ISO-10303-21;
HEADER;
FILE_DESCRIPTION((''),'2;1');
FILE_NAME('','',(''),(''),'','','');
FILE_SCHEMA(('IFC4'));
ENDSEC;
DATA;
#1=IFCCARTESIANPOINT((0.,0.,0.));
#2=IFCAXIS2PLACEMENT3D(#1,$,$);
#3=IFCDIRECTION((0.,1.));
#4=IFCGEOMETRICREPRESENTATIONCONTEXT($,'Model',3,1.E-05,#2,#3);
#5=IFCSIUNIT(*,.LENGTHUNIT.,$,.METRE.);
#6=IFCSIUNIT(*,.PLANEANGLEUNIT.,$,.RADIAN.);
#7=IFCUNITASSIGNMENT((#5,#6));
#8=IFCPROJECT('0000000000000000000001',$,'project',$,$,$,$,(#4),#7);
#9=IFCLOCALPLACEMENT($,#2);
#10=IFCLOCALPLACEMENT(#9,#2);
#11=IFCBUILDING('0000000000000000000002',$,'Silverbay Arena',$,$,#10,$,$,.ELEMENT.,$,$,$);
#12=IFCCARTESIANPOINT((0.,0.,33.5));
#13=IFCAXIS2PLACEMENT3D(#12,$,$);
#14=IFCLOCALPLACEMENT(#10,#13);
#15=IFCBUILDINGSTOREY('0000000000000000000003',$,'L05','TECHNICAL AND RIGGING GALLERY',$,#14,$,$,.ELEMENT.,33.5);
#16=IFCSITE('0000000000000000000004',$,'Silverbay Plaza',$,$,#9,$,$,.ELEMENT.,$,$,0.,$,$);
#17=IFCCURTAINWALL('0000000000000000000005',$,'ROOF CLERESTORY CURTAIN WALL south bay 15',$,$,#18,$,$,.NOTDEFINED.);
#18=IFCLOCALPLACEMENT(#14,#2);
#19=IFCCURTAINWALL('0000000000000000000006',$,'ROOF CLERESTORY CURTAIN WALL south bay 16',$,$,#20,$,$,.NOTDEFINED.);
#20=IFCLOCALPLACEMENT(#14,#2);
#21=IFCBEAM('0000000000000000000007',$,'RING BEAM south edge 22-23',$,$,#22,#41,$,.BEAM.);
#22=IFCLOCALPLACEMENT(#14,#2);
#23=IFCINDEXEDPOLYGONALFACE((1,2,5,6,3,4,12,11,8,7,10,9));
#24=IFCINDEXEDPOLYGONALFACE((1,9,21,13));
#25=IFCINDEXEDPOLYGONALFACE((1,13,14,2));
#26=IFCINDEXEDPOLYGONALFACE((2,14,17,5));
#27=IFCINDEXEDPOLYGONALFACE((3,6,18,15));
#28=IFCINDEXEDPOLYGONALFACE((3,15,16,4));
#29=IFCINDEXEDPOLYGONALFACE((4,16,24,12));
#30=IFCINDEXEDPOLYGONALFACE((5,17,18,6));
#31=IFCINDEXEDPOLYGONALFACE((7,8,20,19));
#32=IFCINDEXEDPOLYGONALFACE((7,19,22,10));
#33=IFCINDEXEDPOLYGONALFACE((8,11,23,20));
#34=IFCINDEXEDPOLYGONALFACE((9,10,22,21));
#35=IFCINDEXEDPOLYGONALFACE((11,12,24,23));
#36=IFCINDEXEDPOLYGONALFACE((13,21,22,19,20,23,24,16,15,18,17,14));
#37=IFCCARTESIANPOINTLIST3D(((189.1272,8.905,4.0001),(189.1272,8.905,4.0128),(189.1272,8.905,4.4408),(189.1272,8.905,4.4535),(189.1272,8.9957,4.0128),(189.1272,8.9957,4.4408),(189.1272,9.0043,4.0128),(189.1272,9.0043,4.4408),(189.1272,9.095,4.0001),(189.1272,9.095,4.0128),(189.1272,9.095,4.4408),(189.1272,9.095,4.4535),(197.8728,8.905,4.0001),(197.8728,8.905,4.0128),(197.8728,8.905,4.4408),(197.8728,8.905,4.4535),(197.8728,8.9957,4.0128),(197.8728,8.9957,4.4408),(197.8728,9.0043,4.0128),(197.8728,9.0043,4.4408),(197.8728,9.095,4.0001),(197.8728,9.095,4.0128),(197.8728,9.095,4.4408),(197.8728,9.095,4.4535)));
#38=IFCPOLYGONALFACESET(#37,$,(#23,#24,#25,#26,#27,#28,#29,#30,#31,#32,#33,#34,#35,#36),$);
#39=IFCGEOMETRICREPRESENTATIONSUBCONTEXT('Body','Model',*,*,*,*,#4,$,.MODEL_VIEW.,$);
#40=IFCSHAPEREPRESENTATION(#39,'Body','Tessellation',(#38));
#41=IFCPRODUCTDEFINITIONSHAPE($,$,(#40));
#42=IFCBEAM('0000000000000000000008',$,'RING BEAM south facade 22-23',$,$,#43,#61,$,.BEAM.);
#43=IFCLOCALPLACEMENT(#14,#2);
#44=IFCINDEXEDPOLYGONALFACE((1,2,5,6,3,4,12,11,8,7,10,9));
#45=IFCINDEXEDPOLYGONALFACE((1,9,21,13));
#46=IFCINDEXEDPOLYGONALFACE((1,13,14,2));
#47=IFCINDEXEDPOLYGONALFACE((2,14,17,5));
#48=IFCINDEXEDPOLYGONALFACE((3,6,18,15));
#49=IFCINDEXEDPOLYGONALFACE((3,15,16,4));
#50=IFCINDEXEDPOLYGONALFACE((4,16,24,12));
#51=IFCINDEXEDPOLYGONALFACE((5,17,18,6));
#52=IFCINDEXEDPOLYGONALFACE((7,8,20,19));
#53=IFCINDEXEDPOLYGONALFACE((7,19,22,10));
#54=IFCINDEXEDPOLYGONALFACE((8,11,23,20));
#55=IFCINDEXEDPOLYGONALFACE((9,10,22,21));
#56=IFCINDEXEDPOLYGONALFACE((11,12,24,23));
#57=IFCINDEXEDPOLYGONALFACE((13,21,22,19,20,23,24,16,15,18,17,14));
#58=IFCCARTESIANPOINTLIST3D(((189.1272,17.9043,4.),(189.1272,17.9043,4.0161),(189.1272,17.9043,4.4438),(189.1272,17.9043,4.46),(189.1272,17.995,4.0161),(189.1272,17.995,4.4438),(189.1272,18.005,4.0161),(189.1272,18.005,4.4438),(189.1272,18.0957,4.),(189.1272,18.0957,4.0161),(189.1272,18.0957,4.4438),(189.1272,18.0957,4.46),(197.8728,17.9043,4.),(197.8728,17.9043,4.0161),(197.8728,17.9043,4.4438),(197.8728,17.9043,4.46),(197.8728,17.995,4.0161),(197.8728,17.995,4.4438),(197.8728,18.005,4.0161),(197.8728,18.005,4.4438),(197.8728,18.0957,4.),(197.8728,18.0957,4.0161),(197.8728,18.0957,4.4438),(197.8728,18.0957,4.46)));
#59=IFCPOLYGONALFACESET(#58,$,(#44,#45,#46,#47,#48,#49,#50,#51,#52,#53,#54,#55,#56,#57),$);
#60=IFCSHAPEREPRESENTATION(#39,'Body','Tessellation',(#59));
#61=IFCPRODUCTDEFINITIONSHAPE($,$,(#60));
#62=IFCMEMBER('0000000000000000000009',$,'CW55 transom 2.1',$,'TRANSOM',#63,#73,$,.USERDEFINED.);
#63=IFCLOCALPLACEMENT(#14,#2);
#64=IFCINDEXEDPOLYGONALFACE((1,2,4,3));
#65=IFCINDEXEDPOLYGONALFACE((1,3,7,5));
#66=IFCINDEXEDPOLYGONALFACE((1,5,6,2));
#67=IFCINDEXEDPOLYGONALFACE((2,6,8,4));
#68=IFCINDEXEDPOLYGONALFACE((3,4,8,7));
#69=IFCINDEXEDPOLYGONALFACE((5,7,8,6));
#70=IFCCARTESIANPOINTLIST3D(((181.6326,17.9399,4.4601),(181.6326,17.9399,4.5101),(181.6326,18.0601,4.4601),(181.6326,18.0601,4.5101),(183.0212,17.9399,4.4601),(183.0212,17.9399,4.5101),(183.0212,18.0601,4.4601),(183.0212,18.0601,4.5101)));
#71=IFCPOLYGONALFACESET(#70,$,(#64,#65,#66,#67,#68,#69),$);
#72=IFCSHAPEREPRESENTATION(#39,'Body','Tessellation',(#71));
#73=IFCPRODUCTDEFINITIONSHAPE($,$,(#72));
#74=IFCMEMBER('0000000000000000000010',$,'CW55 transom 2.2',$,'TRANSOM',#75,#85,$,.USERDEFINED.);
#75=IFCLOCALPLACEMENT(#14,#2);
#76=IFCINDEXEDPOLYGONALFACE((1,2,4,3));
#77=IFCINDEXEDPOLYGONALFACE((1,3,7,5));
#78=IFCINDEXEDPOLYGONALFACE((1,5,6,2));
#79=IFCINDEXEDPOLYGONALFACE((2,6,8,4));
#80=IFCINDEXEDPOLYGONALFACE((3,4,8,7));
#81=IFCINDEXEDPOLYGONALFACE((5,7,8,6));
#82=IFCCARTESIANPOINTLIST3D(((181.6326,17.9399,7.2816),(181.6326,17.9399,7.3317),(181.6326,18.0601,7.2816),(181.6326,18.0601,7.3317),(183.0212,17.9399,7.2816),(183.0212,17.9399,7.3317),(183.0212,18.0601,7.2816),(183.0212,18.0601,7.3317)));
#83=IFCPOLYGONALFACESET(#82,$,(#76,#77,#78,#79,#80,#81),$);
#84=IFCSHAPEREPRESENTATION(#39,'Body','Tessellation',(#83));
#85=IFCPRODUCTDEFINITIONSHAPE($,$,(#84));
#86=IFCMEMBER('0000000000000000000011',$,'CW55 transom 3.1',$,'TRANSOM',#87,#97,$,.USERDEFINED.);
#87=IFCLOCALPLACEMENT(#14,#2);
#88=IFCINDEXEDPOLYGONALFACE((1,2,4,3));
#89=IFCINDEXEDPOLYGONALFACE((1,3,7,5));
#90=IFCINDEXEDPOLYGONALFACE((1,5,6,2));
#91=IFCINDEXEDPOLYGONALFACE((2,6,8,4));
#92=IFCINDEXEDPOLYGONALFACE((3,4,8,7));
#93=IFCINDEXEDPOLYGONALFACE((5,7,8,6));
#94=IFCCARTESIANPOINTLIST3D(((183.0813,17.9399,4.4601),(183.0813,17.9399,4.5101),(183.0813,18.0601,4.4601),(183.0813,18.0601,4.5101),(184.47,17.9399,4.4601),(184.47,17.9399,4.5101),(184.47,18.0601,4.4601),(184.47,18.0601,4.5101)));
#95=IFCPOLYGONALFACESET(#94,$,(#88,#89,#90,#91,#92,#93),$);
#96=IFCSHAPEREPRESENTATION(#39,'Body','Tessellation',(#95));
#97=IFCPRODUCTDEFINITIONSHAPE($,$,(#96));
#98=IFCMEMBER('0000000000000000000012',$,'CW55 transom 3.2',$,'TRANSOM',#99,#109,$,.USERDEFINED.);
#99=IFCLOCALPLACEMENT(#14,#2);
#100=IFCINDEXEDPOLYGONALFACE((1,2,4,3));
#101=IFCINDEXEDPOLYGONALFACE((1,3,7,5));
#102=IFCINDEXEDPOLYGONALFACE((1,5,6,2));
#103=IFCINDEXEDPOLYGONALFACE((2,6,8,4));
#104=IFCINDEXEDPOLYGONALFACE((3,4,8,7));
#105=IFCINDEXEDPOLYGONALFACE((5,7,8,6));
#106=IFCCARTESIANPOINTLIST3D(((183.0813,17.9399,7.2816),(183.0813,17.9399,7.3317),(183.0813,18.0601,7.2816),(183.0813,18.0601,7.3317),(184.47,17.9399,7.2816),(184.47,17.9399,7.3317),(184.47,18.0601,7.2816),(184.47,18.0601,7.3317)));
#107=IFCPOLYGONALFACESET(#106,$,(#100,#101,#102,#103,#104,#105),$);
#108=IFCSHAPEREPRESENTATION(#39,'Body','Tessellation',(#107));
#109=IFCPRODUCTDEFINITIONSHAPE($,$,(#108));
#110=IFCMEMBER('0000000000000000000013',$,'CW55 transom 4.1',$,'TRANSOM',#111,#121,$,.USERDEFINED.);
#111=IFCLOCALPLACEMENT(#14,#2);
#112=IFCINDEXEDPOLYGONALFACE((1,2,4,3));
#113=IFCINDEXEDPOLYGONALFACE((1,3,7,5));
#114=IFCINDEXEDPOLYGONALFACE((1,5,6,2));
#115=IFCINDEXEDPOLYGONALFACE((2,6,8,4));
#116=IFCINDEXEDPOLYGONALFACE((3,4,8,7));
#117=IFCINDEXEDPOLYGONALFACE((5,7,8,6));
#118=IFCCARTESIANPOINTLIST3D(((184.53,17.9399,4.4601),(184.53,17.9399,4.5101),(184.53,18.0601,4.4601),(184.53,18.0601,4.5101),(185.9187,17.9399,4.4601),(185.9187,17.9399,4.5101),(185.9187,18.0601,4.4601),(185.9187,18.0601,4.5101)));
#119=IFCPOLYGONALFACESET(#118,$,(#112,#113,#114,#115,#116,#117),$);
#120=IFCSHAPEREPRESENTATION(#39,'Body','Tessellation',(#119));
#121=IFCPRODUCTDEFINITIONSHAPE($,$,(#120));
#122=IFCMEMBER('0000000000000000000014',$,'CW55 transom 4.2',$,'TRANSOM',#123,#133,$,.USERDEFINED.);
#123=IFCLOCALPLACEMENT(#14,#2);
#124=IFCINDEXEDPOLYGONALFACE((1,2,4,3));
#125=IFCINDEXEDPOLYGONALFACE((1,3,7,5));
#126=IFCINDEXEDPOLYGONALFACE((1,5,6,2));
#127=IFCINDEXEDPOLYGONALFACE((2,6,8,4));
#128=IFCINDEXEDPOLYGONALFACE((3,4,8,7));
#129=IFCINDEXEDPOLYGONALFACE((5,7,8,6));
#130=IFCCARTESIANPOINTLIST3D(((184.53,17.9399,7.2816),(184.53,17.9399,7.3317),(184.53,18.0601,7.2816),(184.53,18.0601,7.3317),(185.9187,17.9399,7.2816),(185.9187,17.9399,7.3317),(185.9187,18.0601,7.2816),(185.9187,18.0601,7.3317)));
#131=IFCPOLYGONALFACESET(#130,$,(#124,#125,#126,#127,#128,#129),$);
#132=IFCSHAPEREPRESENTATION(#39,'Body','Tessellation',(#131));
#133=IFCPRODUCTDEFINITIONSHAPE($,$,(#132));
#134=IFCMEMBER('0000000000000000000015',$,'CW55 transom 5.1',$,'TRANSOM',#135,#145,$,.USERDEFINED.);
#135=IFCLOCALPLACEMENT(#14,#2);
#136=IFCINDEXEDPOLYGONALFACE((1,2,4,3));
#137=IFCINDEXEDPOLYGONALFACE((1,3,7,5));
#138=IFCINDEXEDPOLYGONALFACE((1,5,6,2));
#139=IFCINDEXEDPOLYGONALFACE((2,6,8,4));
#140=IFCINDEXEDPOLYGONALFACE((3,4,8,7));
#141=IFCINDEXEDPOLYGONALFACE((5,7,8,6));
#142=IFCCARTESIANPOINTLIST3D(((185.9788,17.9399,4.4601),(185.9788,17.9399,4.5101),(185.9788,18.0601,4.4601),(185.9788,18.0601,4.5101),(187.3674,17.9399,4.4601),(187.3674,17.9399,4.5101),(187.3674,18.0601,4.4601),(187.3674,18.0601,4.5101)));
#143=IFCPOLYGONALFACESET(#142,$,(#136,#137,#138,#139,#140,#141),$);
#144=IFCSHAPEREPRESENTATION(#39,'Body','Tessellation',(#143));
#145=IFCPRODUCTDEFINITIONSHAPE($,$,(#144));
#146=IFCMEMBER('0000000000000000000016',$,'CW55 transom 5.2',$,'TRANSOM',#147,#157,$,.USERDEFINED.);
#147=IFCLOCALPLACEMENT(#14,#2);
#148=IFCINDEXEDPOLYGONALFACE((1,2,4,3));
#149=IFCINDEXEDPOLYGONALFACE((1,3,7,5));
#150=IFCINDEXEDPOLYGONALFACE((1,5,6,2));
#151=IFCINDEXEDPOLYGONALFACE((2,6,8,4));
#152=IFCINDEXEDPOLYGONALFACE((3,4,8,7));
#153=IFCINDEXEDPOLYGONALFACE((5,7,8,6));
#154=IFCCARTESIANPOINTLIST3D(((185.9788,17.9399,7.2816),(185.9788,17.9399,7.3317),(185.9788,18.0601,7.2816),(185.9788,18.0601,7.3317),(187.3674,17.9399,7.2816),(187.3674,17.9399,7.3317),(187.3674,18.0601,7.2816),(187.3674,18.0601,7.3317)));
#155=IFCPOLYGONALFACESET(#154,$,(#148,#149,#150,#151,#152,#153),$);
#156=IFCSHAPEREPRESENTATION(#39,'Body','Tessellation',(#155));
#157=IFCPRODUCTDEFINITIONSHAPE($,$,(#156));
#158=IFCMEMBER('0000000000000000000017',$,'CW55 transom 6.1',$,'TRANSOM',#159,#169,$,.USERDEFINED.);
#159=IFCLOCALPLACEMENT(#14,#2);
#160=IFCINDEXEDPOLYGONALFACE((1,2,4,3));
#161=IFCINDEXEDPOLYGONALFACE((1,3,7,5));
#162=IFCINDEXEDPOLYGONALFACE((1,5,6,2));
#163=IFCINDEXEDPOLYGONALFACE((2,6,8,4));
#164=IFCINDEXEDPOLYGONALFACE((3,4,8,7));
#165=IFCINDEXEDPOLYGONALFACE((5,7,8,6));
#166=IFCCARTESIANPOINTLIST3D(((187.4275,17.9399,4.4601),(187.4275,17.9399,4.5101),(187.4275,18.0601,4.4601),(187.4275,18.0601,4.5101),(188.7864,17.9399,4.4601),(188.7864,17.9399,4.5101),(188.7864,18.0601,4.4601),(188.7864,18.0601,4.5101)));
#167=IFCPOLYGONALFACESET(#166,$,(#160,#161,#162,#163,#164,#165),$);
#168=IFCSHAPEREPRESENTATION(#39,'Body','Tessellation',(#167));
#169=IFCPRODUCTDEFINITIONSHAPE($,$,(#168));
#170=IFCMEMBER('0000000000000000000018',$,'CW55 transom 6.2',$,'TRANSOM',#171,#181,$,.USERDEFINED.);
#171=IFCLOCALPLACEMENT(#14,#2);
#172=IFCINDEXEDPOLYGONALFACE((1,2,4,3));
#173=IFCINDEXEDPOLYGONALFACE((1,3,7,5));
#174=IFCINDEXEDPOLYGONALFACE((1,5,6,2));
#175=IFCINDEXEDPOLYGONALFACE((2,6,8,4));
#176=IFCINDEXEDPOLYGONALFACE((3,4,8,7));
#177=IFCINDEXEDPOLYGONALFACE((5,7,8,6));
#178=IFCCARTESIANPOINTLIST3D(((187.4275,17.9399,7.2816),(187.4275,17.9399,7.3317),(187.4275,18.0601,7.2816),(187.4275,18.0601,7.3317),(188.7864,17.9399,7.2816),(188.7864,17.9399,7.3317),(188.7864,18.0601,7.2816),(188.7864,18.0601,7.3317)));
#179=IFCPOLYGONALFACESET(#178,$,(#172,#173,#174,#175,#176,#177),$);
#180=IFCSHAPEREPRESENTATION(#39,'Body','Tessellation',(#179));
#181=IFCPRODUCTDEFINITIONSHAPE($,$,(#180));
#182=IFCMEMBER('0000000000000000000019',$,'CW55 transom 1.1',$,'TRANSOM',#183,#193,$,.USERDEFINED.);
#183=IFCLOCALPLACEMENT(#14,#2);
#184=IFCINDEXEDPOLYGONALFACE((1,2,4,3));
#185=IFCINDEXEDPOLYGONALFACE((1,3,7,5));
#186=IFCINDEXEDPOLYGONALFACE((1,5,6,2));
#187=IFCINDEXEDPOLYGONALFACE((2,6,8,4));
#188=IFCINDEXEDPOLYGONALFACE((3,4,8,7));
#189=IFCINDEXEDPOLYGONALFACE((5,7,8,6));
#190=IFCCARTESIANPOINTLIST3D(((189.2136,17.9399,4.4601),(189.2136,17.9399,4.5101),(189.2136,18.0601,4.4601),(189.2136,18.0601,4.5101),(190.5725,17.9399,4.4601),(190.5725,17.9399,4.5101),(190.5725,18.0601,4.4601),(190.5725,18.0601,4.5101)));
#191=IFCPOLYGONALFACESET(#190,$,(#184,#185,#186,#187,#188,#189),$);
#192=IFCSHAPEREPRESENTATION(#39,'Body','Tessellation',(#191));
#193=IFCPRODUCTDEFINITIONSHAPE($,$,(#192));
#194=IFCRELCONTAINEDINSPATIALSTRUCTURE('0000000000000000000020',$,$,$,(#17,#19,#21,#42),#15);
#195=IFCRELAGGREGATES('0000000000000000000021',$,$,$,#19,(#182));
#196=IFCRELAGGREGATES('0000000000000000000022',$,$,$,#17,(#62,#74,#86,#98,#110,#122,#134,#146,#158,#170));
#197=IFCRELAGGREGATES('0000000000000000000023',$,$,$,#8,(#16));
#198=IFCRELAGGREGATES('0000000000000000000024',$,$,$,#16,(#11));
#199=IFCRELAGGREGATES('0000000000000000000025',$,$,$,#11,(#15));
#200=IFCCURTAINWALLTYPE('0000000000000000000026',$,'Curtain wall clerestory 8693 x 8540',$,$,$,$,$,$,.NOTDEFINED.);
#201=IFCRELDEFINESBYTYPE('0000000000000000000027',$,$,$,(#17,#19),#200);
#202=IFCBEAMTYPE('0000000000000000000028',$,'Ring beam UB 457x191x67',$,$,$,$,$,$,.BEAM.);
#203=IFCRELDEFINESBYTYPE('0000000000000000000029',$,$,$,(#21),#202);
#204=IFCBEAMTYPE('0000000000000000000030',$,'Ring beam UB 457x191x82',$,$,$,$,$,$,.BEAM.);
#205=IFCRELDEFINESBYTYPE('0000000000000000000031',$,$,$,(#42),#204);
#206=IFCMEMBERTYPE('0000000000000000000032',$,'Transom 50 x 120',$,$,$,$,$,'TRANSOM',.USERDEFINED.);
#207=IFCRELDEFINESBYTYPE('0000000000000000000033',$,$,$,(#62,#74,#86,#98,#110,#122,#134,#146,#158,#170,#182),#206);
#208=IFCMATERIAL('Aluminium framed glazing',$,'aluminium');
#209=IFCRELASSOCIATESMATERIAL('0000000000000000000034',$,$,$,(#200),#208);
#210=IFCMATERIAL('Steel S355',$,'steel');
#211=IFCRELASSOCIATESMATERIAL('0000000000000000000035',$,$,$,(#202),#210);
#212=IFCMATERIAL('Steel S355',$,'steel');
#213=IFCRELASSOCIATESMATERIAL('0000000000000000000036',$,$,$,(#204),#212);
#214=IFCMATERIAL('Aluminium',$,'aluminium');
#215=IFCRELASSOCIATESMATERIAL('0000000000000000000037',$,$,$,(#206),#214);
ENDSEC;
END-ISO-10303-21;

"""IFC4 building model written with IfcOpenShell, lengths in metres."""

from ifc_helpers import new_model, si_unit, direction, frame, origin, origin_2d, place, context, subcontext, project, spatial, rectangle, i_section, extrude, material, material_profile, profile_set, type_object, element, aggregate, save


model = new_model("IFC4")

# Units and contexts
model_context = context("Model", 3, precision=1e-05, world=origin(), true_north=direction((0.0, 1.0)))
body_context = subcontext(model_context, "Body", "Model", "MODEL_VIEW")
ifc_project = project(units=[si_unit("LENGTHUNIT", "METRE"), si_unit("PLANEANGLEUNIT", "RADIAN")], contexts=[model_context])

# Site, building, storey
site_placement = place(None, origin())
site = spatial("IfcSite", under=ifc_project, at=site_placement, Name="Silverbay Plaza", CompositionType="ELEMENT", RefElevation=0.0)
building_placement = place(site_placement, origin())
building = spatial("IfcBuilding", under=site, at=building_placement, Name="Silverbay Arena", CompositionType="ELEMENT")
storey_placement = place(building_placement, frame((0.0, 0.0, 33.5)))
storey = spatial("IfcBuildingStorey", under=building, at=storey_placement, Name="L05", Description="TECHNICAL AND RIGGING GALLERY", CompositionType="ELEMENT", Elevation=33.5)

# Curtain wall
ifc_material_1 = material(Name="Aluminium framed glazing", Category="aluminium")
curtain_wall_type = type_object("IfcCurtainWallType", Name="Curtain wall clerestory 8693 x 8540", PredefinedType="NOTDEFINED", material=ifc_material_1)
curtain_wall_1_placement = place(storey_placement, origin())
curtain_wall_1 = element("IfcCurtainWall", 1, at=curtain_wall_1_placement, inside=storey, type_object=curtain_wall_type, Name="ROOF CLERESTORY CURTAIN WALL south bay 15", PredefinedType="NOTDEFINED")

# Curtain wall
curtain_wall_2_placement = place(storey_placement, origin())
curtain_wall_2 = element("IfcCurtainWall", 2, at=curtain_wall_2_placement, inside=storey, type_object=curtain_wall_type, Name="ROOF CLERESTORY CURTAIN WALL south bay 16", PredefinedType="NOTDEFINED")

# Beams
ifc_material_2 = material(Name="Steel S355", Category="steel")
ifc_material_profile_1 = material_profile(ifc_material_2, i_section(OverallWidth=0.1899, OverallDepth=0.4534, WebThickness=0.0085, FlangeThickness=0.0127, at=origin_2d()), Name="UB 457x191x67")
ifc_profile_set_1 = profile_set([ifc_material_profile_1], Name="Steel S355")
beam_type_1 = type_object("IfcBeamType", Name="Ring beam UB 457x191x67", PredefinedType="BEAM", material=ifc_profile_set_1)
beam_1_placement = place(storey_placement, frame((189.1272, 9.0, 4.2268), z_axis=(1.0, 0.0, 0.0), x_axis=(0.0, 1.0, 0.0)))
element("IfcBeam", 3, at=beam_1_placement, inside=storey, type_object=beam_type_1, Name="RING BEAM south edge 22-23", PredefinedType="BEAM", context=body_context, shape_type="SweptSolid", body=[
    extrude(i_section(OverallWidth=0.1899, OverallDepth=0.4534, WebThickness=0.0085, FlangeThickness=0.0127, at=origin_2d()), origin(), (0.0, 0.0, 1.0), 8.7456),
])
ifc_material_3 = material(Name="Steel S355", Category="steel")
ifc_material_profile_2 = material_profile(ifc_material_3, i_section(OverallWidth=0.1914, OverallDepth=0.46, WebThickness=0.01, FlangeThickness=0.0161, at=origin_2d()), Name="UB 457x191x82")
ifc_profile_set_2 = profile_set([ifc_material_profile_2], Name="Steel S355")
beam_type_2 = type_object("IfcBeamType", Name="Ring beam UB 457x191x82", PredefinedType="BEAM", material=ifc_profile_set_2)
beam_2_placement = place(storey_placement, frame((189.1272, 18.0, 4.23), z_axis=(1.0, 0.0, 0.0), x_axis=(0.0, 1.0, 0.0)))
element("IfcBeam", 4, at=beam_2_placement, inside=storey, type_object=beam_type_2, Name="RING BEAM south facade 22-23", PredefinedType="BEAM", context=body_context, shape_type="SweptSolid", body=[
    extrude(i_section(OverallWidth=0.1914, OverallDepth=0.46, WebThickness=0.01, FlangeThickness=0.0161, at=origin_2d()), origin(), (0.0, 0.0, 1.0), 8.7456),
])

# Members
ifc_material_4 = material(Name="Aluminium", Category="aluminium")
ifc_material_profile_3 = material_profile(ifc_material_4, rectangle(XDim=0.1201, YDim=0.05, at=origin_2d()), Name="Transom 50 x 120")
ifc_profile_set_3 = profile_set([ifc_material_profile_3], Name="Aluminium")
member_type_1 = type_object("IfcMemberType", Name="Transom 50 x 120", ElementType="TRANSOM", PredefinedType="USERDEFINED", material=ifc_profile_set_3)
member_1_placement = place(storey_placement, frame((181.6326, 18.0, 4.4851), z_axis=(1.0, 0.0, 0.0), x_axis=(0.0, 1.0, 0.0)))
member_1 = element("IfcMember", 5, at=member_1_placement, type_object=member_type_1, Name="CW55 transom 2.1", ObjectType="TRANSOM", PredefinedType="USERDEFINED", context=body_context, shape_type="SweptSolid", body=[
    extrude(rectangle(XDim=0.1201, YDim=0.05, at=origin_2d()), origin(), (0.0, 0.0, 1.0), 1.3887),
])
member_2_placement = place(storey_placement, frame((181.6326, 18.0, 7.3066), z_axis=(1.0, 0.0, 0.0), x_axis=(0.0, 1.0, 0.0)))
member_2 = element("IfcMember", 6, at=member_2_placement, type_object=member_type_1, Name="CW55 transom 2.2", ObjectType="TRANSOM", PredefinedType="USERDEFINED", context=body_context, shape_type="SweptSolid", body=[
    extrude(rectangle(XDim=0.1201, YDim=0.05, at=origin_2d()), origin(), (0.0, 0.0, 1.0), 1.3887),
])
member_3_placement = place(storey_placement, frame((183.0813, 18.0, 4.4851), z_axis=(1.0, 0.0, 0.0), x_axis=(0.0, 1.0, 0.0)))
member_3 = element("IfcMember", 7, at=member_3_placement, type_object=member_type_1, Name="CW55 transom 3.1", ObjectType="TRANSOM", PredefinedType="USERDEFINED", context=body_context, shape_type="SweptSolid", body=[
    extrude(rectangle(XDim=0.1201, YDim=0.05, at=origin_2d()), origin(), (0.0, 0.0, 1.0), 1.3887),
])
member_4_placement = place(storey_placement, frame((183.0813, 18.0, 7.3066), z_axis=(1.0, 0.0, 0.0), x_axis=(0.0, 1.0, 0.0)))
member_4 = element("IfcMember", 8, at=member_4_placement, type_object=member_type_1, Name="CW55 transom 3.2", ObjectType="TRANSOM", PredefinedType="USERDEFINED", context=body_context, shape_type="SweptSolid", body=[
    extrude(rectangle(XDim=0.1201, YDim=0.05, at=origin_2d()), origin(), (0.0, 0.0, 1.0), 1.3887),
])
member_5_placement = place(storey_placement, frame((184.53, 18.0, 4.4851), z_axis=(1.0, 0.0, 0.0), x_axis=(0.0, 1.0, 0.0)))
member_5 = element("IfcMember", 9, at=member_5_placement, type_object=member_type_1, Name="CW55 transom 4.1", ObjectType="TRANSOM", PredefinedType="USERDEFINED", context=body_context, shape_type="SweptSolid", body=[
    extrude(rectangle(XDim=0.1201, YDim=0.05, at=origin_2d()), origin(), (0.0, 0.0, 1.0), 1.3887),
])
member_6_placement = place(storey_placement, frame((184.53, 18.0, 7.3066), z_axis=(1.0, 0.0, 0.0), x_axis=(0.0, 1.0, 0.0)))
member_6 = element("IfcMember", 10, at=member_6_placement, type_object=member_type_1, Name="CW55 transom 4.2", ObjectType="TRANSOM", PredefinedType="USERDEFINED", context=body_context, shape_type="SweptSolid", body=[
    extrude(rectangle(XDim=0.1201, YDim=0.05, at=origin_2d()), origin(), (0.0, 0.0, 1.0), 1.3887),
])
member_7_placement = place(storey_placement, frame((185.9788, 18.0, 4.4851), z_axis=(1.0, 0.0, 0.0), x_axis=(0.0, 1.0, 0.0)))
member_7 = element("IfcMember", 11, at=member_7_placement, type_object=member_type_1, Name="CW55 transom 5.1", ObjectType="TRANSOM", PredefinedType="USERDEFINED", context=body_context, shape_type="SweptSolid", body=[
    extrude(rectangle(XDim=0.1201, YDim=0.05, at=origin_2d()), origin(), (0.0, 0.0, 1.0), 1.3887),
])
member_8_placement = place(storey_placement, frame((185.9788, 18.0, 7.3066), z_axis=(1.0, 0.0, 0.0), x_axis=(0.0, 1.0, 0.0)))
member_8 = element("IfcMember", 12, at=member_8_placement, type_object=member_type_1, Name="CW55 transom 5.2", ObjectType="TRANSOM", PredefinedType="USERDEFINED", context=body_context, shape_type="SweptSolid", body=[
    extrude(rectangle(XDim=0.1201, YDim=0.05, at=origin_2d()), origin(), (0.0, 0.0, 1.0), 1.3887),
])
member_9_placement = place(storey_placement, frame((187.4275, 18.0, 4.4851), z_axis=(1.0, 0.0, 0.0), x_axis=(0.0, 1.0, 0.0)))
member_9 = element("IfcMember", 13, at=member_9_placement, type_object=member_type_1, Name="CW55 transom 6.1", ObjectType="TRANSOM", PredefinedType="USERDEFINED", context=body_context, shape_type="SweptSolid", body=[
    extrude(rectangle(XDim=0.1201, YDim=0.05, at=origin_2d()), origin(), (0.0, 0.0, 1.0), 1.3589),
])
member_10_placement = place(storey_placement, frame((187.4275, 18.0, 7.3066), z_axis=(1.0, 0.0, 0.0), x_axis=(0.0, 1.0, 0.0)))
member_10 = element("IfcMember", 14, at=member_10_placement, type_object=member_type_1, Name="CW55 transom 6.2", ObjectType="TRANSOM", PredefinedType="USERDEFINED", context=body_context, shape_type="SweptSolid", body=[
    extrude(rectangle(XDim=0.1201, YDim=0.05, at=origin_2d()), origin(), (0.0, 0.0, 1.0), 1.3589),
])
member_11_placement = place(storey_placement, frame((189.2136, 18.0, 4.4851), z_axis=(1.0, 0.0, 0.0), x_axis=(0.0, 1.0, 0.0)))
member_11 = element("IfcMember", 15, at=member_11_placement, type_object=member_type_1, Name="CW55 transom 1.1", ObjectType="TRANSOM", PredefinedType="USERDEFINED", context=body_context, shape_type="SweptSolid", body=[
    extrude(rectangle(XDim=0.1201, YDim=0.05, at=origin_2d()), origin(), (0.0, 0.0, 1.0), 1.3589),
])
aggregate(curtain_wall_2, [member_11])

aggregate(curtain_wall_1, [member_1, member_2, member_3, member_4, member_5, member_6, member_7, member_8, member_9, member_10])

save(model, "model.ifc")
